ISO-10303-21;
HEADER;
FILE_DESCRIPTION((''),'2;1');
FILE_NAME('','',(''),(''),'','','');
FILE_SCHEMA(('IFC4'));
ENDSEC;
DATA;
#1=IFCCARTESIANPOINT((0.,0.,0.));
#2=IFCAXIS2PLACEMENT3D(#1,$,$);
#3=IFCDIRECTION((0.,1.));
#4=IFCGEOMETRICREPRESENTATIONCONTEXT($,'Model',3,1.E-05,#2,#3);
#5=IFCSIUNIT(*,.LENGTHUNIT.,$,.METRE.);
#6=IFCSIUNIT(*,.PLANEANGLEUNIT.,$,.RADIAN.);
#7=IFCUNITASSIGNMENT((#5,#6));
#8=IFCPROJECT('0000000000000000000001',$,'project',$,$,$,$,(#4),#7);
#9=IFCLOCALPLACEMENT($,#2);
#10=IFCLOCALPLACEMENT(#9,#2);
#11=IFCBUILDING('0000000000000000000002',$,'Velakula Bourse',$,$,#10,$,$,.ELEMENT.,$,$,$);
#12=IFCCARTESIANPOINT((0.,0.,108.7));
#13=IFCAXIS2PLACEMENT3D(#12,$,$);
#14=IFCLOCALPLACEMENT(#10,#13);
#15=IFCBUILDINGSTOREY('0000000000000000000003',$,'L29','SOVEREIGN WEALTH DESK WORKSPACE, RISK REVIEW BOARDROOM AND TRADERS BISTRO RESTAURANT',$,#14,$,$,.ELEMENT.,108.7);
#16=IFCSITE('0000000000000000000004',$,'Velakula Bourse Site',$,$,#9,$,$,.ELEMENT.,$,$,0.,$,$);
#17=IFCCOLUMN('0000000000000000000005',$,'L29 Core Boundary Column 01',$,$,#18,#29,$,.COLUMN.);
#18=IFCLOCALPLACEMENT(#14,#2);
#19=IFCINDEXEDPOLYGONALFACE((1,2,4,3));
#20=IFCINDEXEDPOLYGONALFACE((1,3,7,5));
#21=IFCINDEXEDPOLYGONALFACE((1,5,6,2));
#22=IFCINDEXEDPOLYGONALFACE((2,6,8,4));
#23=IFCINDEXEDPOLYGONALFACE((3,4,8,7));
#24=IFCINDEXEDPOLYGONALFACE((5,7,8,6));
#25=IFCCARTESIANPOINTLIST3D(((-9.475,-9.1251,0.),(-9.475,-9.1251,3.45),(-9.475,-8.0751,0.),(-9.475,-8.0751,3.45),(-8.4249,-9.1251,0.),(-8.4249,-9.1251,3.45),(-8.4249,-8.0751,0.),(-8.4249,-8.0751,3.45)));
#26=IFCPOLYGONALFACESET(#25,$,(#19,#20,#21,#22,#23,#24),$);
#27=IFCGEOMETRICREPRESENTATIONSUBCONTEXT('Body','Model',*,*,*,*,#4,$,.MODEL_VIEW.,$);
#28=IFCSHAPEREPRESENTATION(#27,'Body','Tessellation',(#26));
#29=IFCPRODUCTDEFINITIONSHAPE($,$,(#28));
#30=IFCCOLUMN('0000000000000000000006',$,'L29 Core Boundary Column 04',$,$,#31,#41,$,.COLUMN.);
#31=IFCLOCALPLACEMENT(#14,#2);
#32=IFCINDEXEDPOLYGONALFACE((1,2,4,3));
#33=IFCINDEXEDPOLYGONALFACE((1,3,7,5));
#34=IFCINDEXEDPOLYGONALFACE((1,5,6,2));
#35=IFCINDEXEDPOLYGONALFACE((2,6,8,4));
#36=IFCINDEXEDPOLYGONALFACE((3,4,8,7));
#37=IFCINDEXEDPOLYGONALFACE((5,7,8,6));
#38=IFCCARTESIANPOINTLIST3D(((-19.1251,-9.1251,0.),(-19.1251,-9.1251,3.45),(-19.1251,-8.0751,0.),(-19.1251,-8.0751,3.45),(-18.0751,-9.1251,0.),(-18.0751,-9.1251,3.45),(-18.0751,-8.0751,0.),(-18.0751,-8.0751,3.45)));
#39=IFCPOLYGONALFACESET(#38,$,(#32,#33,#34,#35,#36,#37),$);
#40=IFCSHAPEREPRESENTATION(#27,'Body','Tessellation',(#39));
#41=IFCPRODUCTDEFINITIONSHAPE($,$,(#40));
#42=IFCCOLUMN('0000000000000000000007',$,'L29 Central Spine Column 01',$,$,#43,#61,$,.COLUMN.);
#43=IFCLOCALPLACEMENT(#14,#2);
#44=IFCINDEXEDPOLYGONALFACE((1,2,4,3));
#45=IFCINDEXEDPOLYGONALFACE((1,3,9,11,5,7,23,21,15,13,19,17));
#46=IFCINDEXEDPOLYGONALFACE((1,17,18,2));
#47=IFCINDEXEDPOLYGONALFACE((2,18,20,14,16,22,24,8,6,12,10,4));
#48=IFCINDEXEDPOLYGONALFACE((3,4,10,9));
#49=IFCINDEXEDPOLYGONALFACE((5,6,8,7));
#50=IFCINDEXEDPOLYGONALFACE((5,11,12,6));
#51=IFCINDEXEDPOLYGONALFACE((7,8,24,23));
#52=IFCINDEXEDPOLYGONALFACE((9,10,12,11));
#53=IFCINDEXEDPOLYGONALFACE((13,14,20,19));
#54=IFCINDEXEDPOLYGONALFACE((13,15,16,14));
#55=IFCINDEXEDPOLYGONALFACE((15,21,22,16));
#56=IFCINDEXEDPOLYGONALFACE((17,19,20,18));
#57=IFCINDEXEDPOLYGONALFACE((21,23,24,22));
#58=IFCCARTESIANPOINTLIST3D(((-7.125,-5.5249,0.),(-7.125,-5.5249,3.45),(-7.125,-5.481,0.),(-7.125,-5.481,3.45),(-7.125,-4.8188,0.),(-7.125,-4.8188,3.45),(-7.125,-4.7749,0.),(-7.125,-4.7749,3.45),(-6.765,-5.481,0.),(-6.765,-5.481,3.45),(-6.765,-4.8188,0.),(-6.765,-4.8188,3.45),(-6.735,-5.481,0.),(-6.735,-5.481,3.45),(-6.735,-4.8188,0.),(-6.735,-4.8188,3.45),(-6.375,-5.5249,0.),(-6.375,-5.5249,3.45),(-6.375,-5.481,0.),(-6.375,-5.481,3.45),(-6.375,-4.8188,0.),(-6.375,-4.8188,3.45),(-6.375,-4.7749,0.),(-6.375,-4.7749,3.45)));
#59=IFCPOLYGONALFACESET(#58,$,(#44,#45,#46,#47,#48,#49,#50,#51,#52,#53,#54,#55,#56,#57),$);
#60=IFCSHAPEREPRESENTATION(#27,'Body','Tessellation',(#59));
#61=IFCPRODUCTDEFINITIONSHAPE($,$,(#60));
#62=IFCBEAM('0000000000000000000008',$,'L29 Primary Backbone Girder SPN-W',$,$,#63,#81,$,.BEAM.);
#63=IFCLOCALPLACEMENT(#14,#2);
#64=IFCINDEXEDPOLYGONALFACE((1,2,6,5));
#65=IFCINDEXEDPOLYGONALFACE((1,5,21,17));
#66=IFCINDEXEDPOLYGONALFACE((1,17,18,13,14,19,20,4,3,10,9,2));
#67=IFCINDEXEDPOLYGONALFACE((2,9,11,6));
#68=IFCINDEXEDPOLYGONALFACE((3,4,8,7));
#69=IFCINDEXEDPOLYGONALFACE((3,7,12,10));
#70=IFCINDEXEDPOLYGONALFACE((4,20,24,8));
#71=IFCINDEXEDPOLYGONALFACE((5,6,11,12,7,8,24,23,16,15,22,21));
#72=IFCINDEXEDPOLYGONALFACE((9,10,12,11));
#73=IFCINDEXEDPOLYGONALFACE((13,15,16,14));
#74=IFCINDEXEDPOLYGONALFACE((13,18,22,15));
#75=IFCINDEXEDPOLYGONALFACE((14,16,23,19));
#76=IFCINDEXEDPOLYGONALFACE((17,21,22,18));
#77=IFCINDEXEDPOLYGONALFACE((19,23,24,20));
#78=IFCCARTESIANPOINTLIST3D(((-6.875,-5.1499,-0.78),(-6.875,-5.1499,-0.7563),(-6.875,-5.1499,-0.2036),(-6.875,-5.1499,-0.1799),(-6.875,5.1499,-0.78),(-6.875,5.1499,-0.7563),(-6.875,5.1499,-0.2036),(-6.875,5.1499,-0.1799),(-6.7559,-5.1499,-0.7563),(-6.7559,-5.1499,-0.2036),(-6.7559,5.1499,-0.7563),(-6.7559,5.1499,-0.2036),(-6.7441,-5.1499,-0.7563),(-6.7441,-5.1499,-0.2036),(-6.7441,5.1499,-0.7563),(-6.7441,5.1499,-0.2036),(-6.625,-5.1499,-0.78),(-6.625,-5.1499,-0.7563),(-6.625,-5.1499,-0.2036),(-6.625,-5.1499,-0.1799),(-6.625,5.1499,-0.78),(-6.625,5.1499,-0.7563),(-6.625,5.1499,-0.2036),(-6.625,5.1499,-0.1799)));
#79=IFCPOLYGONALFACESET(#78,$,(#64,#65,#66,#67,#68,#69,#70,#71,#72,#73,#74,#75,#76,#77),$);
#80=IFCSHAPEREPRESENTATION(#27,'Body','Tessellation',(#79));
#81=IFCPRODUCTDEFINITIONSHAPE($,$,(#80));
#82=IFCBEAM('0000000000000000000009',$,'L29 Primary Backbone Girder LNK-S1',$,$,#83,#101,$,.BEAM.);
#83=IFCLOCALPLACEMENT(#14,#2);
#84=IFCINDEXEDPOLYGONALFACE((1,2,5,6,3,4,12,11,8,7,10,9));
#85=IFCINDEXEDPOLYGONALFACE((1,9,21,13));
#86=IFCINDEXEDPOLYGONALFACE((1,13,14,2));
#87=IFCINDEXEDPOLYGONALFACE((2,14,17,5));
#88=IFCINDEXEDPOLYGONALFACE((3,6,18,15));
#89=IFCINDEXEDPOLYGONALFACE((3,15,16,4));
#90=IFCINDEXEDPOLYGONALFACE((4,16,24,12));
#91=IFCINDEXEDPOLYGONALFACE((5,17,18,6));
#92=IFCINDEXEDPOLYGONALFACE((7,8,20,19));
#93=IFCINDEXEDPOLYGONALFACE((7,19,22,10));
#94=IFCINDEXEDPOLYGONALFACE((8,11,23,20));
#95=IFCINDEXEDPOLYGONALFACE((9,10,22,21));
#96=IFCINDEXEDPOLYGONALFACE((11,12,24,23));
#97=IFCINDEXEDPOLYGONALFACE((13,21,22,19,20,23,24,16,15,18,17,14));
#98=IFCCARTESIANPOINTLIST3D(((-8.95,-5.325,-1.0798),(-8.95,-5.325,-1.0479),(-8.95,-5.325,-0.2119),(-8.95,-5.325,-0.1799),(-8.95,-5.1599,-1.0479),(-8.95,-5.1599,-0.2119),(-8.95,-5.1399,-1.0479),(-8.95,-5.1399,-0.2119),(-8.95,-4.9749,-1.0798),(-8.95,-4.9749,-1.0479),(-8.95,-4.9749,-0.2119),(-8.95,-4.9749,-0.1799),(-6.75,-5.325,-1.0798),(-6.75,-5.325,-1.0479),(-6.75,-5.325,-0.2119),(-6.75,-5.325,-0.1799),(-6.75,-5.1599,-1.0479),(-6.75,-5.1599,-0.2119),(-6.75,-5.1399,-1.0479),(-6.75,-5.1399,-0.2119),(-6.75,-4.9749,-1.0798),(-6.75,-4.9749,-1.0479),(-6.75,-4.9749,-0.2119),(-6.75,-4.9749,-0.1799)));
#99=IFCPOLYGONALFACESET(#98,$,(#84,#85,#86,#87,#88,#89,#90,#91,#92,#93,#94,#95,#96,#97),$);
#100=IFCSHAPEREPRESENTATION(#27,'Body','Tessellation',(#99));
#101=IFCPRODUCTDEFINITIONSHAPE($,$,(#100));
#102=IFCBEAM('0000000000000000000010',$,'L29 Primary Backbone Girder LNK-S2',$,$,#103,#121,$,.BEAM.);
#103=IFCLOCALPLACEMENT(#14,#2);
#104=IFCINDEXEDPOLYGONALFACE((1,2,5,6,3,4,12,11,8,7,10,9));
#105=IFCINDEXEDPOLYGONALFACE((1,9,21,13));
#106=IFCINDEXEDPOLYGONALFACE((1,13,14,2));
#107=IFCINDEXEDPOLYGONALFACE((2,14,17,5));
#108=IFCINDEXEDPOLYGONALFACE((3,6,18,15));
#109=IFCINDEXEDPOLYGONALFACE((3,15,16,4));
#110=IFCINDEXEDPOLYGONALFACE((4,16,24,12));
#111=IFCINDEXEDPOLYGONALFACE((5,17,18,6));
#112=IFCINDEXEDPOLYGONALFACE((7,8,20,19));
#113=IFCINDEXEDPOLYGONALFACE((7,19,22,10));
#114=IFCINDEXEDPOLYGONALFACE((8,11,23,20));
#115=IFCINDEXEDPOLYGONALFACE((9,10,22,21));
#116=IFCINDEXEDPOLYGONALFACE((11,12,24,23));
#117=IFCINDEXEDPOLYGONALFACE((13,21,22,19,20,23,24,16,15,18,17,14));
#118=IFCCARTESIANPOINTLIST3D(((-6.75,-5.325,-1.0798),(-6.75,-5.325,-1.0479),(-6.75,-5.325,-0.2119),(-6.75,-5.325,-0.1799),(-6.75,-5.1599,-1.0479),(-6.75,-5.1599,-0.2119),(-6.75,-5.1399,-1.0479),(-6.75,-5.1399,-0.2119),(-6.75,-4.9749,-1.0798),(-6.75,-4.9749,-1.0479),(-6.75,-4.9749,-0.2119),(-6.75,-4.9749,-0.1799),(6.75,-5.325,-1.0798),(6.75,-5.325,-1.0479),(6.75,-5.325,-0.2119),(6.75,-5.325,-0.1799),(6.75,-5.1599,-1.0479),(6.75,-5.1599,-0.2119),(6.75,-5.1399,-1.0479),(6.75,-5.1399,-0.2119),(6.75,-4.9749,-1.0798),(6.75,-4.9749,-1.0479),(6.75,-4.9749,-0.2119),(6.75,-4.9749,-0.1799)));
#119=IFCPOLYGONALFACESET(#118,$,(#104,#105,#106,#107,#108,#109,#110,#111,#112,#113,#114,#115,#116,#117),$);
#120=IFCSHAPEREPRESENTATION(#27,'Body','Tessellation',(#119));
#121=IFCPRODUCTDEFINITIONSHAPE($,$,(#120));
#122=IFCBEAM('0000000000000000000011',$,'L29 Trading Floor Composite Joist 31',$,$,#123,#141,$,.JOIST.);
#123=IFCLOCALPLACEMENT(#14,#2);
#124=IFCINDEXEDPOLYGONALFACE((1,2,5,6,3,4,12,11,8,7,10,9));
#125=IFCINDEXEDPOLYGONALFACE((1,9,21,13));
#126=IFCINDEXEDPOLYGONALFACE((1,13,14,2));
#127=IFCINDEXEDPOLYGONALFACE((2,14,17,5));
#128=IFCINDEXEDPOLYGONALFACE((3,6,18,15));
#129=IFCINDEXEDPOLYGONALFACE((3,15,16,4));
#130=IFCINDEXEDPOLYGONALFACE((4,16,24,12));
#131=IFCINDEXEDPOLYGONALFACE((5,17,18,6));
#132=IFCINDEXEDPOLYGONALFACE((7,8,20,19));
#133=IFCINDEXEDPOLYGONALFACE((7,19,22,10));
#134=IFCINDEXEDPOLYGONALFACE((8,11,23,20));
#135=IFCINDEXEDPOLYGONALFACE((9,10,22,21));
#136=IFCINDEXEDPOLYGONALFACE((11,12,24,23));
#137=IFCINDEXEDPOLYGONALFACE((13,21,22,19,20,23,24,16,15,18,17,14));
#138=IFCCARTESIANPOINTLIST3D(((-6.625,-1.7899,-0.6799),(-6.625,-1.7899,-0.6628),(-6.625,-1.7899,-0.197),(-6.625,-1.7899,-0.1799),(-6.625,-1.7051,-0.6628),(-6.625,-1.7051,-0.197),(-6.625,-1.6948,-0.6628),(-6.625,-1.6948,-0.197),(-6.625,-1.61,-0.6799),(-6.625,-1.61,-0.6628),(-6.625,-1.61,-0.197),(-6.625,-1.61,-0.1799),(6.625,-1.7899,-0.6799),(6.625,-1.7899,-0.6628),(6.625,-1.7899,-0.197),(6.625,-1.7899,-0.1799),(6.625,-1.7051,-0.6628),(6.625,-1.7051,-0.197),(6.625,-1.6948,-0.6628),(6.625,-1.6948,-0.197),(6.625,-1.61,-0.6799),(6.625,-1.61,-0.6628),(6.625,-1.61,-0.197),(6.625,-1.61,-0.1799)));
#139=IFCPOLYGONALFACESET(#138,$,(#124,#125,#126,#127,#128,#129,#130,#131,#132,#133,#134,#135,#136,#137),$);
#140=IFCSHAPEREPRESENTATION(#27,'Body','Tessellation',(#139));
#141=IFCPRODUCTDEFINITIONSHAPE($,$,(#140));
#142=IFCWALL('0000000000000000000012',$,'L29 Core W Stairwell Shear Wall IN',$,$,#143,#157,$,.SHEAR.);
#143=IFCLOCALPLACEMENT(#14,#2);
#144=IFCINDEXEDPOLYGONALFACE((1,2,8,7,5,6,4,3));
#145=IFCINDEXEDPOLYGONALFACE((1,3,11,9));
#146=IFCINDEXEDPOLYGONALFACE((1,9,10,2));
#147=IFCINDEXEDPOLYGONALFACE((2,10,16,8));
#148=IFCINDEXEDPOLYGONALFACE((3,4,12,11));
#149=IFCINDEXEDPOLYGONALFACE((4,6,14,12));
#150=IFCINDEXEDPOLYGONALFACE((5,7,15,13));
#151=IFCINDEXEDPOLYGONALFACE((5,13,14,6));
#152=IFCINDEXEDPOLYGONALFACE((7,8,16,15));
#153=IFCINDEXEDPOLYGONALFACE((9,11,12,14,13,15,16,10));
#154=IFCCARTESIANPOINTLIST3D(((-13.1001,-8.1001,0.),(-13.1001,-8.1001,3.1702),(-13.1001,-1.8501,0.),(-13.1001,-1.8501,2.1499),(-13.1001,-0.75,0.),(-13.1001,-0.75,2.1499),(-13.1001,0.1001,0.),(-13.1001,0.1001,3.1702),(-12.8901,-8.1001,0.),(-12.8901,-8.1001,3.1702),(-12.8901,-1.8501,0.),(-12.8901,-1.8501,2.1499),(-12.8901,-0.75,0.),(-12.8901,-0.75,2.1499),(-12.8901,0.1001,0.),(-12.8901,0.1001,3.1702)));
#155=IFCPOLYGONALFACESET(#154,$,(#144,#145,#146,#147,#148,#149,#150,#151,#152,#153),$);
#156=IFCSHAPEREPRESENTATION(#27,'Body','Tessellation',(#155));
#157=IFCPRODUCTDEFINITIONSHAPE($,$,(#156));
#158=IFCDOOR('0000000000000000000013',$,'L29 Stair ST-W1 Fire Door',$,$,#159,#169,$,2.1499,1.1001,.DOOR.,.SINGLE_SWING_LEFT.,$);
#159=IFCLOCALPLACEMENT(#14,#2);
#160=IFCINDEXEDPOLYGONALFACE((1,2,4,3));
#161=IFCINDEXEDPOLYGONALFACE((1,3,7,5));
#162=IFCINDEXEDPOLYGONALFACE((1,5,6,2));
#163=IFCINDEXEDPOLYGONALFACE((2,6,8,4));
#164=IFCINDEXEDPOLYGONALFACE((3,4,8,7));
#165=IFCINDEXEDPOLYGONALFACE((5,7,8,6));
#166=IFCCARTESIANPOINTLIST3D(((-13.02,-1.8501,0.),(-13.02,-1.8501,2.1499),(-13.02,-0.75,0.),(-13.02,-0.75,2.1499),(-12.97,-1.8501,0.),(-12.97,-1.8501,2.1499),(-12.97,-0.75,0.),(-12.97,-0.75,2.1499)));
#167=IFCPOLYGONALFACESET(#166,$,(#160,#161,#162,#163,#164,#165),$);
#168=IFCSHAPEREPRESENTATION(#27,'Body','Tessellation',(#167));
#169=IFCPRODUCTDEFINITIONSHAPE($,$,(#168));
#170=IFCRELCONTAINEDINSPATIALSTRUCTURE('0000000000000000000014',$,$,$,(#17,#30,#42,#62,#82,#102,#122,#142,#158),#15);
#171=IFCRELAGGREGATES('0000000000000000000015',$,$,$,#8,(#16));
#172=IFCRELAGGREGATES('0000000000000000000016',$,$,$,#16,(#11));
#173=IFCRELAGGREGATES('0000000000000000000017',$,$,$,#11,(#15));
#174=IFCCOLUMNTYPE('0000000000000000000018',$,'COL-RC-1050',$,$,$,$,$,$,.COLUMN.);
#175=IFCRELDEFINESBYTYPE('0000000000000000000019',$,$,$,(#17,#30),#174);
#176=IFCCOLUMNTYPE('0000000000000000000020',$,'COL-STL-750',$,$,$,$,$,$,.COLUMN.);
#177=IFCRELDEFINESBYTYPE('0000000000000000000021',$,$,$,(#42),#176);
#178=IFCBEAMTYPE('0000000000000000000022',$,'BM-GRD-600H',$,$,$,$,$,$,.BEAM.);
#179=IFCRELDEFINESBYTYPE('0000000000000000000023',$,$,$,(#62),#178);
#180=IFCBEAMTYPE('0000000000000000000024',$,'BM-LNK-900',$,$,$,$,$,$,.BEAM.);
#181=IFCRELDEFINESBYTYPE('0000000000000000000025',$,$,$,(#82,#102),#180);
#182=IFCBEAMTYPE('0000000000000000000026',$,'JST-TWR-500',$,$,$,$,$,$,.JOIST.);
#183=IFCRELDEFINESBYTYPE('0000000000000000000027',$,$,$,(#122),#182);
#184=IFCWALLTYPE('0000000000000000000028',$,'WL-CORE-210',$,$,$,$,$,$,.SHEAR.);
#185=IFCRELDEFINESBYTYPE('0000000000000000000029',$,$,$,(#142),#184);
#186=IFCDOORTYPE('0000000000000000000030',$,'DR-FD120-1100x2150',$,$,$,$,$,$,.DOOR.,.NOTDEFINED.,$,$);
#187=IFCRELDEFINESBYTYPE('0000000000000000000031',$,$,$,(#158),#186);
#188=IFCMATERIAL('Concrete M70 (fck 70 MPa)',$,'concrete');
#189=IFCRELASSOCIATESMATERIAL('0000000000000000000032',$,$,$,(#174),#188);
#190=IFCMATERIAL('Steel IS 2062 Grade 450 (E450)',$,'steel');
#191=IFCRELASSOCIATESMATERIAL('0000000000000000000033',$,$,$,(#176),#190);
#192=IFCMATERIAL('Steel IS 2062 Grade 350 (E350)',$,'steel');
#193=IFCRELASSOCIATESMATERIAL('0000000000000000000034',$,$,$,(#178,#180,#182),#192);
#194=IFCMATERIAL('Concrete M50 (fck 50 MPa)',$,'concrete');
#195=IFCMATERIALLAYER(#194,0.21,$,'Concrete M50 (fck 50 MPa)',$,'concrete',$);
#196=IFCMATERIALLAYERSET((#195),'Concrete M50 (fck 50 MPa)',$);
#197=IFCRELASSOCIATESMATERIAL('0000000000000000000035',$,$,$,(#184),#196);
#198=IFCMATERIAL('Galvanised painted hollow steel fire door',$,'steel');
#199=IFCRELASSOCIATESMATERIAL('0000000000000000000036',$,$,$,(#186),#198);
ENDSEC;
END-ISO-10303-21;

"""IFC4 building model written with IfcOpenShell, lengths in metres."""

from ifc_helpers import new_model, si_unit, direction, frame, frame_2d, origin, origin_2d, place, context, subcontext, project, spatial, rectangle, i_section, extrude, material, layer, layer_set, material_profile, profile_set, type_object, element, fill, save


model = new_model("IFC4")

# Units and contexts
model_context = context("Model", 3, precision=1e-05, world=origin(), true_north=direction((0.0, 1.0)))
body_context = subcontext(model_context, "Body", "Model", "MODEL_VIEW")
ifc_project = project(units=[si_unit("LENGTHUNIT", "METRE"), si_unit("PLANEANGLEUNIT", "RADIAN")], contexts=[model_context])

# Site, building, storey
site_placement = place(None, origin())
site = spatial("IfcSite", under=ifc_project, at=site_placement, Name="Velakula Bourse Site", CompositionType="ELEMENT", RefElevation=0.0)
building_placement = place(site_placement, origin())
building = spatial("IfcBuilding", under=site, at=building_placement, Name="Velakula Bourse", CompositionType="ELEMENT")
storey_placement = place(building_placement, frame((0.0, 0.0, 108.7)))
storey = spatial("IfcBuildingStorey", under=building, at=storey_placement, Name="L29", Description="SOVEREIGN WEALTH DESK WORKSPACE, RISK REVIEW BOARDROOM AND TRADERS BISTRO RESTAURANT", CompositionType="ELEMENT", Elevation=108.7)

# Columns
ifc_material_1 = material(Name="Concrete M70 (fck 70 MPa)", Category="concrete")
ifc_material_profile_1 = material_profile(ifc_material_1, rectangle(XDim=1.05, YDim=1.05, at=origin_2d()), Name="Concrete M70 (fck 70 MPa)")
ifc_profile_set_1 = profile_set([ifc_material_profile_1], Name="Concrete M70 (fck 70 MPa)")
column_type_1 = type_object("IfcColumnType", Name="COL-RC-1050", PredefinedType="COLUMN", material=ifc_profile_set_1)
for number, where, z_axis, x_axis, name in (
    (1, (-8.95, -8.6001, 0.0), (0.0, 0.0, 1.0), (1.0, 0.0, 0.0), "L29 Core Boundary Column 01"),
    (2, (-18.6001, -8.6001, 0.0), (0.0, 0.0, 1.0), (1.0, 0.0, 0.0), "L29 Core Boundary Column 04"),
):
    element("IfcColumn", number, at=place(storey_placement, frame(where, z_axis=z_axis, x_axis=x_axis)), inside=storey, type_object=column_type_1, Name=name, PredefinedType="COLUMN", context=body_context, shape_type="SweptSolid", body=[
        extrude(rectangle(XDim=1.05, YDim=1.05, at=origin_2d()), origin(), (0.0, 0.0, 1.0), 3.45),
    ])
ifc_material_2 = material(Name="Steel IS 2062 Grade 450 (E450)", Category="steel")
ifc_material_profile_2 = material_profile(ifc_material_2, i_section(OverallWidth=0.75, OverallDepth=0.75, WebThickness=0.03, FlangeThickness=0.0439, at=origin_2d()), Name="Steel IS 2062 Grade 450 (E450)")
ifc_profile_set_2 = profile_set([ifc_material_profile_2], Name="Steel IS 2062 Grade 450 (E450)")
column_type_2 = type_object("IfcColumnType", Name="COL-STL-750", PredefinedType="COLUMN", material=ifc_profile_set_2)
column_placement = place(storey_placement, frame((-6.75, -5.1499, 0.0), z_axis=(0.0, 0.0, 1.0), x_axis=(1.0, 0.0, 0.0)))
element("IfcColumn", 3, at=column_placement, inside=storey, type_object=column_type_2, Name="L29 Central Spine Column 01", PredefinedType="COLUMN", context=body_context, shape_type="SweptSolid", body=[
    extrude(i_section(OverallWidth=0.75, OverallDepth=0.75, WebThickness=0.03, FlangeThickness=0.0439, at=origin_2d()), origin(), (0.0, 0.0, 1.0), 3.45),
])

# Beams
ifc_material_3 = material(Name="Steel IS 2062 Grade 350 (E350)", Category="steel")
ifc_material_profile_3 = material_profile(ifc_material_3, i_section(OverallWidth=0.25, OverallDepth=0.6001, WebThickness=0.0117, FlangeThickness=0.0237, at=origin_2d()), Name="Steel IS 2062 Grade 350 (E350)")
ifc_profile_set_3 = profile_set([ifc_material_profile_3], Name="Steel IS 2062 Grade 350 (E350)")
beam_type_1 = type_object("IfcBeamType", Name="BM-GRD-600H", PredefinedType="BEAM", material=ifc_profile_set_3)
beam_1_placement = place(storey_placement, frame((-6.75, -5.1499, -0.48), z_axis=(0.0, 1.0, 0.0), x_axis=(-1.0, 0.0, 0.0)))
element("IfcBeam", 4, at=beam_1_placement, inside=storey, type_object=beam_type_1, Name="L29 Primary Backbone Girder SPN-W", PredefinedType="BEAM", context=body_context, shape_type="SweptSolid", body=[
    extrude(i_section(OverallWidth=0.25, OverallDepth=0.6001, WebThickness=0.0117, FlangeThickness=0.0237, at=origin_2d()), origin(), (0.0, 0.0, 1.0), 10.2998),
])
ifc_material_profile_4 = material_profile(ifc_material_3, i_section(OverallWidth=0.3501, OverallDepth=0.8999, WebThickness=0.02, FlangeThickness=0.032, at=origin_2d()), Name="Steel IS 2062 Grade 350 (E350)")
ifc_profile_set_4 = profile_set([ifc_material_profile_4], Name="Steel IS 2062 Grade 350 (E350)")
beam_type_2 = type_object("IfcBeamType", Name="BM-LNK-900", PredefinedType="BEAM", material=ifc_profile_set_4)
beam_2_placement = place(storey_placement, frame((-8.95, -5.1499, -0.6299), z_axis=(1.0, 0.0, 0.0), x_axis=(0.0, 1.0, 0.0)))
element("IfcBeam", 5, at=beam_2_placement, inside=storey, type_object=beam_type_2, Name="L29 Primary Backbone Girder LNK-S1", PredefinedType="BEAM", context=body_context, shape_type="SweptSolid", body=[
    extrude(i_section(OverallWidth=0.3501, OverallDepth=0.8999, WebThickness=0.02, FlangeThickness=0.032, at=origin_2d()), origin(), (0.0, 0.0, 1.0), 2.2),
])
beam_3_placement = place(storey_placement, frame((-6.75, -5.1499, -0.6299), z_axis=(1.0, 0.0, 0.0), x_axis=(0.0, 1.0, 0.0)))
element("IfcBeam", 6, at=beam_3_placement, inside=storey, type_object=beam_type_2, Name="L29 Primary Backbone Girder LNK-S2", PredefinedType="BEAM", context=body_context, shape_type="SweptSolid", body=[
    extrude(i_section(OverallWidth=0.3501, OverallDepth=0.8999, WebThickness=0.02, FlangeThickness=0.032, at=origin_2d()), origin(), (0.0, 0.0, 1.0), 13.5),
])
ifc_material_profile_5 = material_profile(ifc_material_3, i_section(OverallWidth=0.1799, OverallDepth=0.5, WebThickness=0.0103, FlangeThickness=0.0171, at=origin_2d()), Name="Steel IS 2062 Grade 350 (E350)")
ifc_profile_set_5 = profile_set([ifc_material_profile_5], Name="Steel IS 2062 Grade 350 (E350)")
beam_type_3 = type_object("IfcBeamType", Name="JST-TWR-500", PredefinedType="JOIST", material=ifc_profile_set_5)
beam_4_placement = place(storey_placement, frame((-6.625, -1.7, -0.4299), z_axis=(1.0, 0.0, 0.0), x_axis=(0.0, 1.0, 0.0)))
element("IfcBeam", 7, at=beam_4_placement, inside=storey, type_object=beam_type_3, Name="L29 Trading Floor Composite Joist 31", PredefinedType="JOIST", context=body_context, shape_type="SweptSolid", body=[
    extrude(i_section(OverallWidth=0.1799, OverallDepth=0.5, WebThickness=0.0103, FlangeThickness=0.0171, at=origin_2d()), origin(), (0.0, 0.0, 1.0), 13.25),
])

# Wall, opening, door
ifc_material_4 = material(Name="Concrete M50 (fck 50 MPa)", Category="concrete")
ifc_layer_1 = layer(ifc_material_4, 0.21, Name="Concrete M50 (fck 50 MPa)", Category="concrete")
ifc_layer_set_1 = layer_set([ifc_layer_1], Name="Concrete M50 (fck 50 MPa)")
wall_type_1 = type_object("IfcWallType", Name="WL-CORE-210", PredefinedType="SHEAR", material=ifc_layer_set_1)
wall_1_placement = place(storey_placement, frame((-12.9951, -8.1001, 0.0), z_axis=(0.0, 0.0, 1.0), x_axis=(0.0, 1.0, 0.0)))
wall_1 = element("IfcWall", 8, at=wall_1_placement, inside=storey, type_object=wall_type_1, Name="L29 Core W Stairwell Shear Wall IN", PredefinedType="SHEAR", context=body_context, shape_type="SweptSolid", body=[
    extrude(rectangle(XDim=8.2002, YDim=0.21, at=frame_2d((4.1001, 0.0))), origin(), (0.0, 0.0, 1.0), 3.1702),
])
opening_1_placement = place(wall_1_placement, frame((6.25, 0.0, 0.0)))
opening_1 = element("IfcOpeningElement", 9, at=opening_1_placement, cuts=wall_1, PredefinedType="OPENING", context=body_context, shape_type="SweptSolid", body=[
    extrude(rectangle(XDim=1.1001, YDim=2.1499, at=frame_2d((0.55, 1.075))), frame((0.0, 0.115, 0.0), z_axis=(0.0, -1.0, 0.0), x_axis=(1.0, 0.0, 0.0)), (0.0, 0.0, 1.0), 0.23),
])
ifc_material_5 = material(Name="Galvanised painted hollow steel fire door", Category="steel")
door_type_1 = type_object("IfcDoorType", Name="DR-FD120-1100x2150", OperationType="NOTDEFINED", PredefinedType="DOOR", material=ifc_material_5)
door_1_placement = place(opening_1_placement, origin())
door_1 = element("IfcDoor", 10, at=door_1_placement, inside=storey, type_object=door_type_1, Name="L29 Stair ST-W1 Fire Door", OperationType="SINGLE_SWING_LEFT", OverallHeight=2.1499, OverallWidth=1.1001, PredefinedType="DOOR", context=body_context, shape_type="SweptSolid", body=[
    extrude(rectangle(XDim=1.1001, YDim=2.1499, at=frame_2d((0.55, 1.075))), frame((0.0, 0.0249, 0.0), z_axis=(0.0, -1.0, 0.0), x_axis=(1.0, 0.0, 0.0)), (0.0, 0.0, 1.0), 0.05),
])
fill(opening_1, door_1)

save(model, "model.ifc")
